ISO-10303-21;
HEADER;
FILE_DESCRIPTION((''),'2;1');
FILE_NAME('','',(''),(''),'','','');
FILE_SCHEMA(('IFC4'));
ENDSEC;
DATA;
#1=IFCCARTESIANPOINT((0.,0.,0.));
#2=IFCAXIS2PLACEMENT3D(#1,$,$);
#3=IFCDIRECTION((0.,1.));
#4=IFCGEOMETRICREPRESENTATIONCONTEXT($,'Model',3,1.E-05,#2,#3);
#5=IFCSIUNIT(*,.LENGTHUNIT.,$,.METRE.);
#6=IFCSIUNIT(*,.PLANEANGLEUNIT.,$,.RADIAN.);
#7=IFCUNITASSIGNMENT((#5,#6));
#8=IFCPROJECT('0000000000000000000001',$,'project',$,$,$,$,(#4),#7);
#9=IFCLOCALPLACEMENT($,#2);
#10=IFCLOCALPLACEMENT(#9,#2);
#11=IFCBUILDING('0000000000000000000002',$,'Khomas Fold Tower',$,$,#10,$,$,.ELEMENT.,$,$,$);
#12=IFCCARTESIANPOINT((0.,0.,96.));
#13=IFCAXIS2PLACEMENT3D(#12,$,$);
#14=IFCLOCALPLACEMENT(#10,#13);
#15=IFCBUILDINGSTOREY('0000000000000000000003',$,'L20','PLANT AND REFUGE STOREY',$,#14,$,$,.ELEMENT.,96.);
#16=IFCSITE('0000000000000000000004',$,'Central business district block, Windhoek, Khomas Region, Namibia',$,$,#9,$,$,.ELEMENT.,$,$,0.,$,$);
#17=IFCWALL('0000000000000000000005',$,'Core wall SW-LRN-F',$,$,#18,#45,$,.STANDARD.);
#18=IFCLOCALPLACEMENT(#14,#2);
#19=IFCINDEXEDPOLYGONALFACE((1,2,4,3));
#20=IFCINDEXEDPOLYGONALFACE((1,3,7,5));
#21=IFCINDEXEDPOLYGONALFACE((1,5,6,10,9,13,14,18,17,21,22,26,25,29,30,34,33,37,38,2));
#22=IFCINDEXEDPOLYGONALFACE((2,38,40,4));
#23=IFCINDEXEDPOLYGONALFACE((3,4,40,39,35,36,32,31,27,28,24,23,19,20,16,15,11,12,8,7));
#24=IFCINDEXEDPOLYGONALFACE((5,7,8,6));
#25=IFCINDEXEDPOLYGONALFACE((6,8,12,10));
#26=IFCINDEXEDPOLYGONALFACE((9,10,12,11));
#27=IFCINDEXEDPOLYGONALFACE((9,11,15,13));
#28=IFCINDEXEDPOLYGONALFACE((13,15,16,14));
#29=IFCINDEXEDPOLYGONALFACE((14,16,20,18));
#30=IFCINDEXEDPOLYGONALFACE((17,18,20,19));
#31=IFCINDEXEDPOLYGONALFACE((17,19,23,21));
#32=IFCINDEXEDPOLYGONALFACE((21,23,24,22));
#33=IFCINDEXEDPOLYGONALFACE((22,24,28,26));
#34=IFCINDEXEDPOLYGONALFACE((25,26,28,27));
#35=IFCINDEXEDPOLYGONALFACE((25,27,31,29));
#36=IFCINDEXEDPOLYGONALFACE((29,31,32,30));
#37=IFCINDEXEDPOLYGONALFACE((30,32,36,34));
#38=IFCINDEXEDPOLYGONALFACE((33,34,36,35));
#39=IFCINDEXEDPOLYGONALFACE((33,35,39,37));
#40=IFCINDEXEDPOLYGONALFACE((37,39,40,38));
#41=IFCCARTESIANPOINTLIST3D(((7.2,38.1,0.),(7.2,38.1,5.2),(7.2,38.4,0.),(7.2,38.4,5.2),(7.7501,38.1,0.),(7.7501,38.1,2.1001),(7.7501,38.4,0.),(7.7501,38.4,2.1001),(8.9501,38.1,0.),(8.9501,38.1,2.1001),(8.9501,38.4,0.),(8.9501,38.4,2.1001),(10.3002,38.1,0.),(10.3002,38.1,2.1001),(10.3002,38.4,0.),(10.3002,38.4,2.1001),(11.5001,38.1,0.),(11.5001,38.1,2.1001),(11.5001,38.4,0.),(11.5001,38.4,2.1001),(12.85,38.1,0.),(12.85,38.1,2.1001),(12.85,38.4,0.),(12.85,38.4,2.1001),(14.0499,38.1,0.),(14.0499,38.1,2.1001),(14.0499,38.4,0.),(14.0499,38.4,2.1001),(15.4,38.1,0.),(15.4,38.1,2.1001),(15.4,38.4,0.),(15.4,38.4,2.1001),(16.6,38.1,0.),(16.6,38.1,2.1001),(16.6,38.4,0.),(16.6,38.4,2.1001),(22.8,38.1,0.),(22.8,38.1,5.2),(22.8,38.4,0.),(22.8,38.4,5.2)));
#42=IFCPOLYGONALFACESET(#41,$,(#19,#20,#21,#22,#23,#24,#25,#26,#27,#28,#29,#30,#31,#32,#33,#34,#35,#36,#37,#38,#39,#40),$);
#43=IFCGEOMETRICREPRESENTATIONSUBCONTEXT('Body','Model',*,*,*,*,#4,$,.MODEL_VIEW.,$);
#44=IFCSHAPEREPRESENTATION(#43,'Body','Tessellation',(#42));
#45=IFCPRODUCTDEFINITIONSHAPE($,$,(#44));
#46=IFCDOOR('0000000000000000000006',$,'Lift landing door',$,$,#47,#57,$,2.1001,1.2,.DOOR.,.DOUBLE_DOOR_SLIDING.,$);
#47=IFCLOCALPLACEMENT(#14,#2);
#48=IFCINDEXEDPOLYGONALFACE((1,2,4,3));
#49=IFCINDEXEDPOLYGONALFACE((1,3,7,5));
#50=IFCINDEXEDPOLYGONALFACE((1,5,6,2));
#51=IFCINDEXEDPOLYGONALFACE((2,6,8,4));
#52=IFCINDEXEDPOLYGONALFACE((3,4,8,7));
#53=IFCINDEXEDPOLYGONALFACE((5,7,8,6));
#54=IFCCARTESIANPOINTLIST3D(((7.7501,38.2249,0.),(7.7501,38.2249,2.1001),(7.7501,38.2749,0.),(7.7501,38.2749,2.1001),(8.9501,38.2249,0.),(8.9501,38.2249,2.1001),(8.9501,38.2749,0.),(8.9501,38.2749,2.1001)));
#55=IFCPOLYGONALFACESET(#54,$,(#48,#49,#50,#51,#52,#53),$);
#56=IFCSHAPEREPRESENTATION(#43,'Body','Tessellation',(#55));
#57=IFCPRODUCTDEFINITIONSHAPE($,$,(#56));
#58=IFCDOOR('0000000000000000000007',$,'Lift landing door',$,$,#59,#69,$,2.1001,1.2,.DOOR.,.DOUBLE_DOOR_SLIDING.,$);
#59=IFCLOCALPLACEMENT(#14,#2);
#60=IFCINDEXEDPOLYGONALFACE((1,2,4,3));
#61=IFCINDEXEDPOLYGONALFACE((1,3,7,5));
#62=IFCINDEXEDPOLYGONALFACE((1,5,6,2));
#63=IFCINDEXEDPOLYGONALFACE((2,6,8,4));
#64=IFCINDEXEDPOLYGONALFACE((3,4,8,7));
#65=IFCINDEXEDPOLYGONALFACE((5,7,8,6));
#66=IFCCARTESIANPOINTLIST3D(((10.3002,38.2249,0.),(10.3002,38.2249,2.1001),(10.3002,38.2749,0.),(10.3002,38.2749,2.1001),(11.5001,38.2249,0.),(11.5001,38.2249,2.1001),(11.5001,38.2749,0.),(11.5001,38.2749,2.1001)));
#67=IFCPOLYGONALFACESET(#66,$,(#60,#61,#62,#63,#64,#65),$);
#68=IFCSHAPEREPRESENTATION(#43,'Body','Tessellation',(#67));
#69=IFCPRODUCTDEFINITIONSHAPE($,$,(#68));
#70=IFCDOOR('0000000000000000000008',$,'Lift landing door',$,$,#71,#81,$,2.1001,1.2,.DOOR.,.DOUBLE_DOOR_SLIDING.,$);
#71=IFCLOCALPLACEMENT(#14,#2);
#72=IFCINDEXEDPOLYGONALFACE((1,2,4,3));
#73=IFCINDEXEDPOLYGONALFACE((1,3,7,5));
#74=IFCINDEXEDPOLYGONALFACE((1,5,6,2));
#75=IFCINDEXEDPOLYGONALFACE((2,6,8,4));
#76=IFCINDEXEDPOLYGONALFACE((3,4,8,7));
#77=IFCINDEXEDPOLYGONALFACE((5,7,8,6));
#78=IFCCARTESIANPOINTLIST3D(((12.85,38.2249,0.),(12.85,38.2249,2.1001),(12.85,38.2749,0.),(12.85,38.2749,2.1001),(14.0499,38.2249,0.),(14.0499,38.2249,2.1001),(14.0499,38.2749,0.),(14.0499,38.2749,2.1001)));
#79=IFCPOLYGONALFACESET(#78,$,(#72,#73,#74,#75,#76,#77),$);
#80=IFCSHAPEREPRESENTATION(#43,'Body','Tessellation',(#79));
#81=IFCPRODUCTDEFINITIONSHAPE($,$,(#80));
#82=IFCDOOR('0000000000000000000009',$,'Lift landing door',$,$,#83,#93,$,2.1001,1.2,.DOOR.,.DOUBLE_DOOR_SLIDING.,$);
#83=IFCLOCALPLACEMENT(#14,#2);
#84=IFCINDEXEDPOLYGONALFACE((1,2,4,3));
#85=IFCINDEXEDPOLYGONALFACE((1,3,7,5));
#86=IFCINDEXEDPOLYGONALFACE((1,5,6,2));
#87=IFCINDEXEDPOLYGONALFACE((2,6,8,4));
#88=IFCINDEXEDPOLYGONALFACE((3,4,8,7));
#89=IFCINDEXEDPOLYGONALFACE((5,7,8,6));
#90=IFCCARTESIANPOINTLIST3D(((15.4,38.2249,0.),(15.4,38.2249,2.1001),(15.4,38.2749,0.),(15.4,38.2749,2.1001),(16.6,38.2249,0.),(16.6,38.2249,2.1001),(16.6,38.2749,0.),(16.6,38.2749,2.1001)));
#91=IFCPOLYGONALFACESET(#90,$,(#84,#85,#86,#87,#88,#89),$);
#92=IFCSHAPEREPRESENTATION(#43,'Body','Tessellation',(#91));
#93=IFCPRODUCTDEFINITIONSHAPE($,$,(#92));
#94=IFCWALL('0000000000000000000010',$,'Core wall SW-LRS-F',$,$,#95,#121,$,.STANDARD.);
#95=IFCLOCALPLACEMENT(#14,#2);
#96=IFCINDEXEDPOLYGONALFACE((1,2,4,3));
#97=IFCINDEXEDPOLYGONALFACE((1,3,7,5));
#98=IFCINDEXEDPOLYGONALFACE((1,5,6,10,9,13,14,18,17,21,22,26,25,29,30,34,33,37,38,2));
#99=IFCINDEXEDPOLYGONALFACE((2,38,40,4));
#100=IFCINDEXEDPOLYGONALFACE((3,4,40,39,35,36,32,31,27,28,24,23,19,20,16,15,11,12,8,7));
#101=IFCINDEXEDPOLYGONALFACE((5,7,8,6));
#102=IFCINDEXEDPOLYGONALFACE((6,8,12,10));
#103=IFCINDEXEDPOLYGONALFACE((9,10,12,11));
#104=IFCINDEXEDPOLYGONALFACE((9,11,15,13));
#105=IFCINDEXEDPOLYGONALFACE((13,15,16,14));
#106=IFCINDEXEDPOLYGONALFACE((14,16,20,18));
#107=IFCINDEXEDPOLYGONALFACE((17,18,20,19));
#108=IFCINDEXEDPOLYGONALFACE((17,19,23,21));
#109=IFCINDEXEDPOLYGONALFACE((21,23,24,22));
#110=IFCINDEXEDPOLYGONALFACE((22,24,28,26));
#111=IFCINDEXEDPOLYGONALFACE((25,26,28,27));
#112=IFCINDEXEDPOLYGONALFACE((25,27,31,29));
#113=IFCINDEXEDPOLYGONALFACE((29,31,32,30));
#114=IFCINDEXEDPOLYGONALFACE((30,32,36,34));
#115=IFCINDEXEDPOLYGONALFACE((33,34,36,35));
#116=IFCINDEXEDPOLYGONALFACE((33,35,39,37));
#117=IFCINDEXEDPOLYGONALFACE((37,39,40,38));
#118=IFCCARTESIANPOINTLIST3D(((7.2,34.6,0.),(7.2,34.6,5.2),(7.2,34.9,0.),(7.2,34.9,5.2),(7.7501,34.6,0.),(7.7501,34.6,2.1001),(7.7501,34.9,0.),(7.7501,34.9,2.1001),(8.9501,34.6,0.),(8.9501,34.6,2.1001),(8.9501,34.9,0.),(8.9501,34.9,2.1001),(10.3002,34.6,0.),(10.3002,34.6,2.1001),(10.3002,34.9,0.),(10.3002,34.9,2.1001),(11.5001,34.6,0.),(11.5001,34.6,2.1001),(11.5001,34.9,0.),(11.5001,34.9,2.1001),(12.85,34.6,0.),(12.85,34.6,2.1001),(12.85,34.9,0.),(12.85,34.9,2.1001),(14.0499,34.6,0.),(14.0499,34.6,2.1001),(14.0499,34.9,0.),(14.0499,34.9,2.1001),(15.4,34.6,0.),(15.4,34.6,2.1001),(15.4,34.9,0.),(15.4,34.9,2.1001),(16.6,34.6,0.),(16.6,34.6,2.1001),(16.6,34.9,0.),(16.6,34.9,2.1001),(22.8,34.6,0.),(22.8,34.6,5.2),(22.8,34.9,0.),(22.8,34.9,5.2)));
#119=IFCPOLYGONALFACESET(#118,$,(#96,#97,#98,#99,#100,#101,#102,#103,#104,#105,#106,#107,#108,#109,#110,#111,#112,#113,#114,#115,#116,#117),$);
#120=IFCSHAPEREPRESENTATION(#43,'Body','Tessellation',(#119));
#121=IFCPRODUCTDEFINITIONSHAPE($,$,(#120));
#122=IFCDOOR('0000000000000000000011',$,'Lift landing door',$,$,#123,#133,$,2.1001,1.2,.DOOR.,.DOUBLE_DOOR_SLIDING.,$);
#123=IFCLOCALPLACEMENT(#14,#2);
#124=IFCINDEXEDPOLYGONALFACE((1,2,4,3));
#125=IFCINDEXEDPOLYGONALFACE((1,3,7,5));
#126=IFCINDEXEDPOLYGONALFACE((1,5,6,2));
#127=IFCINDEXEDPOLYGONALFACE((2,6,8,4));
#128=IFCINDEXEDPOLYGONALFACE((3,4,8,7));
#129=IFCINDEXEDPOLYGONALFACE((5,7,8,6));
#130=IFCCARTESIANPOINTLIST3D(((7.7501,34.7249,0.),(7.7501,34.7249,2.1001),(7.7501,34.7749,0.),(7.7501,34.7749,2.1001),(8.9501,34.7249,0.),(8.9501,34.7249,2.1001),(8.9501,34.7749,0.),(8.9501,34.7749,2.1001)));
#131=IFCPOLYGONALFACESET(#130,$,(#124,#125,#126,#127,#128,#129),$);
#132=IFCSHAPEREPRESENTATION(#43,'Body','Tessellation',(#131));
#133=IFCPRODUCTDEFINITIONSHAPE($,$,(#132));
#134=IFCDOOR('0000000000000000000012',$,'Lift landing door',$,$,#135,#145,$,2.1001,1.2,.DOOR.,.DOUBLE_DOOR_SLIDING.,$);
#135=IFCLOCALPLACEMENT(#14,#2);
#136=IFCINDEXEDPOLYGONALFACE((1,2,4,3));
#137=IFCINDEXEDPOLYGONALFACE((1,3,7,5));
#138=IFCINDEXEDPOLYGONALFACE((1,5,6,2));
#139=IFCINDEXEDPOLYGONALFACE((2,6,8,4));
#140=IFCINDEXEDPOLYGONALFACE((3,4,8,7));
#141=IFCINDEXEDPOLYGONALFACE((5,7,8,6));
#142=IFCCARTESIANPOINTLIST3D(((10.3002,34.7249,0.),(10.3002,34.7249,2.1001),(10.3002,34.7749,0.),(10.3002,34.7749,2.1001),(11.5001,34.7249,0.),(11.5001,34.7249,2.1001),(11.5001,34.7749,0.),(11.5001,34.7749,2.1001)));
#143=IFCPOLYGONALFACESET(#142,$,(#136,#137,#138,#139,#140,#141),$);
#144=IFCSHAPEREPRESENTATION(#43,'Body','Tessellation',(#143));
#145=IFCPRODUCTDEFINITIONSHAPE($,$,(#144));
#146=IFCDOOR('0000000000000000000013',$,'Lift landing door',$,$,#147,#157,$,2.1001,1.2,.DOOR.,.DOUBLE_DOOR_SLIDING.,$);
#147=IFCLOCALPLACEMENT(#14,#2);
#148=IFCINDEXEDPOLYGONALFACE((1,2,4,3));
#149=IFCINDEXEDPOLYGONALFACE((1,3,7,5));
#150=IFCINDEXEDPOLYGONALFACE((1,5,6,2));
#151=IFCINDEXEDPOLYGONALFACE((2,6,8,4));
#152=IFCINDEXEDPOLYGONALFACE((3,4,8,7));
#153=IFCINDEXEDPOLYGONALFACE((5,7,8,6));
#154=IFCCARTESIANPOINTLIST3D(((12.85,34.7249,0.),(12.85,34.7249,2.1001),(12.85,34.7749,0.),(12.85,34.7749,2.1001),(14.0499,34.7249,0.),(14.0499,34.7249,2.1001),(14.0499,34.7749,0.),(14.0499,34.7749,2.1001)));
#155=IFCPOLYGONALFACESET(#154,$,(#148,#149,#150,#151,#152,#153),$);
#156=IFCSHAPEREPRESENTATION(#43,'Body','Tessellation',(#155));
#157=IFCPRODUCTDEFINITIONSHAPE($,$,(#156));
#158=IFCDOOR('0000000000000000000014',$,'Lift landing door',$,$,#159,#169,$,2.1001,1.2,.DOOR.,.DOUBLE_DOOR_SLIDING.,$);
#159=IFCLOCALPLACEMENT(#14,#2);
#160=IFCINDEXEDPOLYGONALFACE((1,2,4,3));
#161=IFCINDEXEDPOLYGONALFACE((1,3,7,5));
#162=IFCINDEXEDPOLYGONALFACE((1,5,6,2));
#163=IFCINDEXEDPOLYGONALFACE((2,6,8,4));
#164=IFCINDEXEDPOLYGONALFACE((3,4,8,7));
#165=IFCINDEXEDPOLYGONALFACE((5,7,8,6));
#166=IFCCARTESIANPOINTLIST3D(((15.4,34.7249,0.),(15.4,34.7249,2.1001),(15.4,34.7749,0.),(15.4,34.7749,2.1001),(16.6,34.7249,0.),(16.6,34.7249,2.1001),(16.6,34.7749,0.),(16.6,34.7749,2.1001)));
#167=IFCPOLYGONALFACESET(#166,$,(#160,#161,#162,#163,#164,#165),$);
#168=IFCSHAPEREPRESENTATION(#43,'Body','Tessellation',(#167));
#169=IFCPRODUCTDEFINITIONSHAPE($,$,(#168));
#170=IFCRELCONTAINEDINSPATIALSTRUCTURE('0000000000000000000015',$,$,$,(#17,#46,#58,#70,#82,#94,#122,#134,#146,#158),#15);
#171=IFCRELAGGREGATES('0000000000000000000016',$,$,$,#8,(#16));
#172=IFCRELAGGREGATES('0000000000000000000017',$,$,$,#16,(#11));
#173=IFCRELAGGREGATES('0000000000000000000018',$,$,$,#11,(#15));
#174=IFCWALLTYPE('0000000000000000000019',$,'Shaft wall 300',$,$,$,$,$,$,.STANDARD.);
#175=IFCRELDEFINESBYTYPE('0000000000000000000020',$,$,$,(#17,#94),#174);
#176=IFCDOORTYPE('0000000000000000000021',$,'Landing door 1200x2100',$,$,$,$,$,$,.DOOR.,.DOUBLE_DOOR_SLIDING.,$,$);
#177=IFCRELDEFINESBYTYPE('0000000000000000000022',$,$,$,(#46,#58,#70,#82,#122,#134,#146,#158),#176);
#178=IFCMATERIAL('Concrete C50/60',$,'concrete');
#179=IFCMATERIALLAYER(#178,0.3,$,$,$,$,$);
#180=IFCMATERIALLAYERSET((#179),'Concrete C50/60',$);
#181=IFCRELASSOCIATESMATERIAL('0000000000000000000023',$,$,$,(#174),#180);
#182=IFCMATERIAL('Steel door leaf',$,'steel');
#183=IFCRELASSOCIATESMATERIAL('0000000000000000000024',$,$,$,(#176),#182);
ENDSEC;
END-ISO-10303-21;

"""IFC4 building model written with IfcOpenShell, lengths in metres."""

from ifc_helpers import new_model, si_unit, direction, frame, frame_2d, origin, place, context, subcontext, project, spatial, rectangle, extrude, source, transform, mapped, material, layer, layer_set, type_object, element, fill, save


model = new_model("IFC4")

# Units and contexts
model_context = context("Model", 3, precision=1e-05, world=origin(), true_north=direction((0.0, 1.0)))
body_context = subcontext(model_context, "Body", "Model", "MODEL_VIEW")
ifc_project = project(units=[si_unit("LENGTHUNIT", "METRE"), si_unit("PLANEANGLEUNIT", "RADIAN")], contexts=[model_context])

# Site, building, storey
site_placement = place(None, origin())
site = spatial("IfcSite", under=ifc_project, at=site_placement, Name="Central business district block, Windhoek, Khomas Region, Namibia", CompositionType="ELEMENT", RefElevation=0.0)
building_placement = place(site_placement, origin())
building = spatial("IfcBuilding", under=site, at=building_placement, Name="Khomas Fold Tower", CompositionType="ELEMENT")
storey_placement = place(building_placement, frame((0.0, 0.0, 96.0)))
storey = spatial("IfcBuildingStorey", under=building, at=storey_placement, Name="L20", Description="PLANT AND REFUGE STOREY", CompositionType="ELEMENT", Elevation=96.0)

# Shared definitions
ifc_material_1 = material(Name="Concrete C50/60", Category="concrete")
ifc_layer_1 = layer(ifc_material_1, 0.3)
ifc_layer_set_1 = layer_set([ifc_layer_1], Name="Concrete C50/60")
wall_type_1 = type_object("IfcWallType", Name="Shaft wall 300", PredefinedType="STANDARD", material=ifc_layer_set_1)
shared_shape_1 = source(origin(), body_context, "Body", "SweptSolid", [
    extrude(rectangle(XDim=15.6001, YDim=0.3, at=frame_2d((7.8, 0.0))), origin(), (0.0, 0.0, 1.0), 5.2),
])

# Walls, openings, doors
wall_1_placement = place(storey_placement, frame((7.2, 38.25, 0.0), z_axis=(0.0, 0.0, 1.0), x_axis=(1.0, 0.0, 0.0)))
wall_1 = element("IfcWall", 1, at=wall_1_placement, inside=storey, type_object=wall_type_1, Name="Core wall SW-LRN-F", PredefinedType="STANDARD", context=body_context, shape_type="MappedRepresentation", body=[
    mapped(shared_shape_1, transform((0.0, 0.0, 0.0))),
])
shared_shape_2 = source(origin(), body_context, "Body", "SweptSolid", [
    extrude(rectangle(XDim=1.2, YDim=2.1001, at=frame_2d((0.6001, 1.05))), frame((0.0, 0.1599, 0.0), z_axis=(0.0, -1.0, 0.0), x_axis=(1.0, 0.0, 0.0)), (0.0, 0.0, 1.0), 0.3201),
])
opening_1_placement = place(wall_1_placement, frame((0.55, 0.0, 0.0)))
opening_1 = element("IfcOpeningElement", 2, at=opening_1_placement, cuts=wall_1, PredefinedType="OPENING", context=body_context, shape_type="MappedRepresentation", body=[
    mapped(shared_shape_2, transform((0.0, 0.0, 0.0))),
])
opening_2_placement = place(wall_1_placement, frame((3.1001, 0.0, 0.0)))
opening_2 = element("IfcOpeningElement", 3, at=opening_2_placement, cuts=wall_1, PredefinedType="OPENING", context=body_context, shape_type="MappedRepresentation", body=[
    mapped(shared_shape_2, transform((0.0, 0.0, 0.0))),
])
opening_3_placement = place(wall_1_placement, frame((5.6499, 0.0, 0.0)))
opening_3 = element("IfcOpeningElement", 4, at=opening_3_placement, cuts=wall_1, PredefinedType="OPENING", context=body_context, shape_type="MappedRepresentation", body=[
    mapped(shared_shape_2, transform((0.0, 0.0, 0.0))),
])
opening_4_placement = place(wall_1_placement, frame((8.2, 0.0, 0.0)))
opening_4 = element("IfcOpeningElement", 5, at=opening_4_placement, cuts=wall_1, PredefinedType="OPENING", context=body_context, shape_type="MappedRepresentation", body=[
    mapped(shared_shape_2, transform((0.0, 0.0, 0.0))),
])
ifc_material_2 = material(Name="Steel door leaf", Category="steel")
door_type = type_object("IfcDoorType", Name="Landing door 1200x2100", OperationType="DOUBLE_DOOR_SLIDING", PredefinedType="DOOR", material=ifc_material_2)
shared_shape_3 = source(origin(), body_context, "Body", "SweptSolid", [
    extrude(rectangle(XDim=1.2, YDim=2.1001, at=frame_2d((0.6001, 1.05))), frame((0.0, 0.0249, 0.0), z_axis=(0.0, -1.0, 0.0), x_axis=(1.0, 0.0, 0.0)), (0.0, 0.0, 1.0), 0.05),
])
door_1_placement = place(opening_1_placement, origin())
door_1 = element("IfcDoor", 6, at=door_1_placement, inside=storey, type_object=door_type, Name="Lift landing door", OperationType="DOUBLE_DOOR_SLIDING", OverallHeight=2.1001, OverallWidth=1.2, PredefinedType="DOOR", context=body_context, shape_type="MappedRepresentation", body=[
    mapped(shared_shape_3, transform((0.0, 0.0, 0.0))),
])
fill(opening_1, door_1)
door_2_placement = place(opening_2_placement, origin())
door_2 = element("IfcDoor", 7, at=door_2_placement, inside=storey, type_object=door_type, Name="Lift landing door", OperationType="DOUBLE_DOOR_SLIDING", OverallHeight=2.1001, OverallWidth=1.2, PredefinedType="DOOR", context=body_context, shape_type="MappedRepresentation", body=[
    mapped(shared_shape_3, transform((0.0, 0.0, 0.0))),
])
fill(opening_2, door_2)
door_3_placement = place(opening_3_placement, origin())
door_3 = element("IfcDoor", 8, at=door_3_placement, inside=storey, type_object=door_type, Name="Lift landing door", OperationType="DOUBLE_DOOR_SLIDING", OverallHeight=2.1001, OverallWidth=1.2, PredefinedType="DOOR", context=body_context, shape_type="MappedRepresentation", body=[
    mapped(shared_shape_3, transform((0.0, 0.0, 0.0))),
])
fill(opening_3, door_3)
door_4_placement = place(opening_4_placement, origin())
door_4 = element("IfcDoor", 9, at=door_4_placement, inside=storey, type_object=door_type, Name="Lift landing door", OperationType="DOUBLE_DOOR_SLIDING", OverallHeight=2.1001, OverallWidth=1.2, PredefinedType="DOOR", context=body_context, shape_type="MappedRepresentation", body=[
    mapped(shared_shape_3, transform((0.0, 0.0, 0.0))),
])
fill(opening_4, door_4)
wall_2_placement = place(storey_placement, frame((7.2, 34.75, 0.0), z_axis=(0.0, 0.0, 1.0), x_axis=(1.0, 0.0, 0.0)))
wall_2 = element("IfcWall", 10, at=wall_2_placement, inside=storey, type_object=wall_type_1, Name="Core wall SW-LRS-F", PredefinedType="STANDARD", context=body_context, shape_type="MappedRepresentation", body=[
    mapped(shared_shape_1, transform((0.0, 0.0, 0.0))),
])
opening_5_placement = place(wall_2_placement, frame((0.55, 0.0, 0.0)))
opening_5 = element("IfcOpeningElement", 11, at=opening_5_placement, cuts=wall_2, PredefinedType="OPENING", context=body_context, shape_type="MappedRepresentation", body=[
    mapped(shared_shape_2, transform((0.0, 0.0, 0.0))),
])
opening_6_placement = place(wall_2_placement, frame((3.1001, 0.0, 0.0)))
opening_6 = element("IfcOpeningElement", 12, at=opening_6_placement, cuts=wall_2, PredefinedType="OPENING", context=body_context, shape_type="MappedRepresentation", body=[
    mapped(shared_shape_2, transform((0.0, 0.0, 0.0))),
])
opening_7_placement = place(wall_2_placement, frame((5.6499, 0.0, 0.0)))
opening_7 = element("IfcOpeningElement", 13, at=opening_7_placement, cuts=wall_2, PredefinedType="OPENING", context=body_context, shape_type="MappedRepresentation", body=[
    mapped(shared_shape_2, transform((0.0, 0.0, 0.0))),
])
opening_8_placement = place(wall_2_placement, frame((8.2, 0.0, 0.0)))
opening_8 = element("IfcOpeningElement", 14, at=opening_8_placement, cuts=wall_2, PredefinedType="OPENING", context=body_context, shape_type="MappedRepresentation", body=[
    mapped(shared_shape_2, transform((0.0, 0.0, 0.0))),
])
door_5_placement = place(opening_5_placement, origin())
door_5 = element("IfcDoor", 15, at=door_5_placement, inside=storey, type_object=door_type, Name="Lift landing door", OperationType="DOUBLE_DOOR_SLIDING", OverallHeight=2.1001, OverallWidth=1.2, PredefinedType="DOOR", context=body_context, shape_type="MappedRepresentation", body=[
    mapped(shared_shape_3, transform((0.0, 0.0, 0.0))),
])
fill(opening_5, door_5)
door_6_placement = place(opening_6_placement, origin())
door_6 = element("IfcDoor", 16, at=door_6_placement, inside=storey, type_object=door_type, Name="Lift landing door", OperationType="DOUBLE_DOOR_SLIDING", OverallHeight=2.1001, OverallWidth=1.2, PredefinedType="DOOR", context=body_context, shape_type="MappedRepresentation", body=[
    mapped(shared_shape_3, transform((0.0, 0.0, 0.0))),
])
fill(opening_6, door_6)
door_7_placement = place(opening_7_placement, origin())
door_7 = element("IfcDoor", 17, at=door_7_placement, inside=storey, type_object=door_type, Name="Lift landing door", OperationType="DOUBLE_DOOR_SLIDING", OverallHeight=2.1001, OverallWidth=1.2, PredefinedType="DOOR", context=body_context, shape_type="MappedRepresentation", body=[
    mapped(shared_shape_3, transform((0.0, 0.0, 0.0))),
])
fill(opening_7, door_7)
door_8_placement = place(opening_8_placement, origin())
door_8 = element("IfcDoor", 18, at=door_8_placement, inside=storey, type_object=door_type, Name="Lift landing door", OperationType="DOUBLE_DOOR_SLIDING", OverallHeight=2.1001, OverallWidth=1.2, PredefinedType="DOOR", context=body_context, shape_type="MappedRepresentation", body=[
    mapped(shared_shape_3, transform((0.0, 0.0, 0.0))),
])
fill(opening_8, door_8)

save(model, "model.ifc")
